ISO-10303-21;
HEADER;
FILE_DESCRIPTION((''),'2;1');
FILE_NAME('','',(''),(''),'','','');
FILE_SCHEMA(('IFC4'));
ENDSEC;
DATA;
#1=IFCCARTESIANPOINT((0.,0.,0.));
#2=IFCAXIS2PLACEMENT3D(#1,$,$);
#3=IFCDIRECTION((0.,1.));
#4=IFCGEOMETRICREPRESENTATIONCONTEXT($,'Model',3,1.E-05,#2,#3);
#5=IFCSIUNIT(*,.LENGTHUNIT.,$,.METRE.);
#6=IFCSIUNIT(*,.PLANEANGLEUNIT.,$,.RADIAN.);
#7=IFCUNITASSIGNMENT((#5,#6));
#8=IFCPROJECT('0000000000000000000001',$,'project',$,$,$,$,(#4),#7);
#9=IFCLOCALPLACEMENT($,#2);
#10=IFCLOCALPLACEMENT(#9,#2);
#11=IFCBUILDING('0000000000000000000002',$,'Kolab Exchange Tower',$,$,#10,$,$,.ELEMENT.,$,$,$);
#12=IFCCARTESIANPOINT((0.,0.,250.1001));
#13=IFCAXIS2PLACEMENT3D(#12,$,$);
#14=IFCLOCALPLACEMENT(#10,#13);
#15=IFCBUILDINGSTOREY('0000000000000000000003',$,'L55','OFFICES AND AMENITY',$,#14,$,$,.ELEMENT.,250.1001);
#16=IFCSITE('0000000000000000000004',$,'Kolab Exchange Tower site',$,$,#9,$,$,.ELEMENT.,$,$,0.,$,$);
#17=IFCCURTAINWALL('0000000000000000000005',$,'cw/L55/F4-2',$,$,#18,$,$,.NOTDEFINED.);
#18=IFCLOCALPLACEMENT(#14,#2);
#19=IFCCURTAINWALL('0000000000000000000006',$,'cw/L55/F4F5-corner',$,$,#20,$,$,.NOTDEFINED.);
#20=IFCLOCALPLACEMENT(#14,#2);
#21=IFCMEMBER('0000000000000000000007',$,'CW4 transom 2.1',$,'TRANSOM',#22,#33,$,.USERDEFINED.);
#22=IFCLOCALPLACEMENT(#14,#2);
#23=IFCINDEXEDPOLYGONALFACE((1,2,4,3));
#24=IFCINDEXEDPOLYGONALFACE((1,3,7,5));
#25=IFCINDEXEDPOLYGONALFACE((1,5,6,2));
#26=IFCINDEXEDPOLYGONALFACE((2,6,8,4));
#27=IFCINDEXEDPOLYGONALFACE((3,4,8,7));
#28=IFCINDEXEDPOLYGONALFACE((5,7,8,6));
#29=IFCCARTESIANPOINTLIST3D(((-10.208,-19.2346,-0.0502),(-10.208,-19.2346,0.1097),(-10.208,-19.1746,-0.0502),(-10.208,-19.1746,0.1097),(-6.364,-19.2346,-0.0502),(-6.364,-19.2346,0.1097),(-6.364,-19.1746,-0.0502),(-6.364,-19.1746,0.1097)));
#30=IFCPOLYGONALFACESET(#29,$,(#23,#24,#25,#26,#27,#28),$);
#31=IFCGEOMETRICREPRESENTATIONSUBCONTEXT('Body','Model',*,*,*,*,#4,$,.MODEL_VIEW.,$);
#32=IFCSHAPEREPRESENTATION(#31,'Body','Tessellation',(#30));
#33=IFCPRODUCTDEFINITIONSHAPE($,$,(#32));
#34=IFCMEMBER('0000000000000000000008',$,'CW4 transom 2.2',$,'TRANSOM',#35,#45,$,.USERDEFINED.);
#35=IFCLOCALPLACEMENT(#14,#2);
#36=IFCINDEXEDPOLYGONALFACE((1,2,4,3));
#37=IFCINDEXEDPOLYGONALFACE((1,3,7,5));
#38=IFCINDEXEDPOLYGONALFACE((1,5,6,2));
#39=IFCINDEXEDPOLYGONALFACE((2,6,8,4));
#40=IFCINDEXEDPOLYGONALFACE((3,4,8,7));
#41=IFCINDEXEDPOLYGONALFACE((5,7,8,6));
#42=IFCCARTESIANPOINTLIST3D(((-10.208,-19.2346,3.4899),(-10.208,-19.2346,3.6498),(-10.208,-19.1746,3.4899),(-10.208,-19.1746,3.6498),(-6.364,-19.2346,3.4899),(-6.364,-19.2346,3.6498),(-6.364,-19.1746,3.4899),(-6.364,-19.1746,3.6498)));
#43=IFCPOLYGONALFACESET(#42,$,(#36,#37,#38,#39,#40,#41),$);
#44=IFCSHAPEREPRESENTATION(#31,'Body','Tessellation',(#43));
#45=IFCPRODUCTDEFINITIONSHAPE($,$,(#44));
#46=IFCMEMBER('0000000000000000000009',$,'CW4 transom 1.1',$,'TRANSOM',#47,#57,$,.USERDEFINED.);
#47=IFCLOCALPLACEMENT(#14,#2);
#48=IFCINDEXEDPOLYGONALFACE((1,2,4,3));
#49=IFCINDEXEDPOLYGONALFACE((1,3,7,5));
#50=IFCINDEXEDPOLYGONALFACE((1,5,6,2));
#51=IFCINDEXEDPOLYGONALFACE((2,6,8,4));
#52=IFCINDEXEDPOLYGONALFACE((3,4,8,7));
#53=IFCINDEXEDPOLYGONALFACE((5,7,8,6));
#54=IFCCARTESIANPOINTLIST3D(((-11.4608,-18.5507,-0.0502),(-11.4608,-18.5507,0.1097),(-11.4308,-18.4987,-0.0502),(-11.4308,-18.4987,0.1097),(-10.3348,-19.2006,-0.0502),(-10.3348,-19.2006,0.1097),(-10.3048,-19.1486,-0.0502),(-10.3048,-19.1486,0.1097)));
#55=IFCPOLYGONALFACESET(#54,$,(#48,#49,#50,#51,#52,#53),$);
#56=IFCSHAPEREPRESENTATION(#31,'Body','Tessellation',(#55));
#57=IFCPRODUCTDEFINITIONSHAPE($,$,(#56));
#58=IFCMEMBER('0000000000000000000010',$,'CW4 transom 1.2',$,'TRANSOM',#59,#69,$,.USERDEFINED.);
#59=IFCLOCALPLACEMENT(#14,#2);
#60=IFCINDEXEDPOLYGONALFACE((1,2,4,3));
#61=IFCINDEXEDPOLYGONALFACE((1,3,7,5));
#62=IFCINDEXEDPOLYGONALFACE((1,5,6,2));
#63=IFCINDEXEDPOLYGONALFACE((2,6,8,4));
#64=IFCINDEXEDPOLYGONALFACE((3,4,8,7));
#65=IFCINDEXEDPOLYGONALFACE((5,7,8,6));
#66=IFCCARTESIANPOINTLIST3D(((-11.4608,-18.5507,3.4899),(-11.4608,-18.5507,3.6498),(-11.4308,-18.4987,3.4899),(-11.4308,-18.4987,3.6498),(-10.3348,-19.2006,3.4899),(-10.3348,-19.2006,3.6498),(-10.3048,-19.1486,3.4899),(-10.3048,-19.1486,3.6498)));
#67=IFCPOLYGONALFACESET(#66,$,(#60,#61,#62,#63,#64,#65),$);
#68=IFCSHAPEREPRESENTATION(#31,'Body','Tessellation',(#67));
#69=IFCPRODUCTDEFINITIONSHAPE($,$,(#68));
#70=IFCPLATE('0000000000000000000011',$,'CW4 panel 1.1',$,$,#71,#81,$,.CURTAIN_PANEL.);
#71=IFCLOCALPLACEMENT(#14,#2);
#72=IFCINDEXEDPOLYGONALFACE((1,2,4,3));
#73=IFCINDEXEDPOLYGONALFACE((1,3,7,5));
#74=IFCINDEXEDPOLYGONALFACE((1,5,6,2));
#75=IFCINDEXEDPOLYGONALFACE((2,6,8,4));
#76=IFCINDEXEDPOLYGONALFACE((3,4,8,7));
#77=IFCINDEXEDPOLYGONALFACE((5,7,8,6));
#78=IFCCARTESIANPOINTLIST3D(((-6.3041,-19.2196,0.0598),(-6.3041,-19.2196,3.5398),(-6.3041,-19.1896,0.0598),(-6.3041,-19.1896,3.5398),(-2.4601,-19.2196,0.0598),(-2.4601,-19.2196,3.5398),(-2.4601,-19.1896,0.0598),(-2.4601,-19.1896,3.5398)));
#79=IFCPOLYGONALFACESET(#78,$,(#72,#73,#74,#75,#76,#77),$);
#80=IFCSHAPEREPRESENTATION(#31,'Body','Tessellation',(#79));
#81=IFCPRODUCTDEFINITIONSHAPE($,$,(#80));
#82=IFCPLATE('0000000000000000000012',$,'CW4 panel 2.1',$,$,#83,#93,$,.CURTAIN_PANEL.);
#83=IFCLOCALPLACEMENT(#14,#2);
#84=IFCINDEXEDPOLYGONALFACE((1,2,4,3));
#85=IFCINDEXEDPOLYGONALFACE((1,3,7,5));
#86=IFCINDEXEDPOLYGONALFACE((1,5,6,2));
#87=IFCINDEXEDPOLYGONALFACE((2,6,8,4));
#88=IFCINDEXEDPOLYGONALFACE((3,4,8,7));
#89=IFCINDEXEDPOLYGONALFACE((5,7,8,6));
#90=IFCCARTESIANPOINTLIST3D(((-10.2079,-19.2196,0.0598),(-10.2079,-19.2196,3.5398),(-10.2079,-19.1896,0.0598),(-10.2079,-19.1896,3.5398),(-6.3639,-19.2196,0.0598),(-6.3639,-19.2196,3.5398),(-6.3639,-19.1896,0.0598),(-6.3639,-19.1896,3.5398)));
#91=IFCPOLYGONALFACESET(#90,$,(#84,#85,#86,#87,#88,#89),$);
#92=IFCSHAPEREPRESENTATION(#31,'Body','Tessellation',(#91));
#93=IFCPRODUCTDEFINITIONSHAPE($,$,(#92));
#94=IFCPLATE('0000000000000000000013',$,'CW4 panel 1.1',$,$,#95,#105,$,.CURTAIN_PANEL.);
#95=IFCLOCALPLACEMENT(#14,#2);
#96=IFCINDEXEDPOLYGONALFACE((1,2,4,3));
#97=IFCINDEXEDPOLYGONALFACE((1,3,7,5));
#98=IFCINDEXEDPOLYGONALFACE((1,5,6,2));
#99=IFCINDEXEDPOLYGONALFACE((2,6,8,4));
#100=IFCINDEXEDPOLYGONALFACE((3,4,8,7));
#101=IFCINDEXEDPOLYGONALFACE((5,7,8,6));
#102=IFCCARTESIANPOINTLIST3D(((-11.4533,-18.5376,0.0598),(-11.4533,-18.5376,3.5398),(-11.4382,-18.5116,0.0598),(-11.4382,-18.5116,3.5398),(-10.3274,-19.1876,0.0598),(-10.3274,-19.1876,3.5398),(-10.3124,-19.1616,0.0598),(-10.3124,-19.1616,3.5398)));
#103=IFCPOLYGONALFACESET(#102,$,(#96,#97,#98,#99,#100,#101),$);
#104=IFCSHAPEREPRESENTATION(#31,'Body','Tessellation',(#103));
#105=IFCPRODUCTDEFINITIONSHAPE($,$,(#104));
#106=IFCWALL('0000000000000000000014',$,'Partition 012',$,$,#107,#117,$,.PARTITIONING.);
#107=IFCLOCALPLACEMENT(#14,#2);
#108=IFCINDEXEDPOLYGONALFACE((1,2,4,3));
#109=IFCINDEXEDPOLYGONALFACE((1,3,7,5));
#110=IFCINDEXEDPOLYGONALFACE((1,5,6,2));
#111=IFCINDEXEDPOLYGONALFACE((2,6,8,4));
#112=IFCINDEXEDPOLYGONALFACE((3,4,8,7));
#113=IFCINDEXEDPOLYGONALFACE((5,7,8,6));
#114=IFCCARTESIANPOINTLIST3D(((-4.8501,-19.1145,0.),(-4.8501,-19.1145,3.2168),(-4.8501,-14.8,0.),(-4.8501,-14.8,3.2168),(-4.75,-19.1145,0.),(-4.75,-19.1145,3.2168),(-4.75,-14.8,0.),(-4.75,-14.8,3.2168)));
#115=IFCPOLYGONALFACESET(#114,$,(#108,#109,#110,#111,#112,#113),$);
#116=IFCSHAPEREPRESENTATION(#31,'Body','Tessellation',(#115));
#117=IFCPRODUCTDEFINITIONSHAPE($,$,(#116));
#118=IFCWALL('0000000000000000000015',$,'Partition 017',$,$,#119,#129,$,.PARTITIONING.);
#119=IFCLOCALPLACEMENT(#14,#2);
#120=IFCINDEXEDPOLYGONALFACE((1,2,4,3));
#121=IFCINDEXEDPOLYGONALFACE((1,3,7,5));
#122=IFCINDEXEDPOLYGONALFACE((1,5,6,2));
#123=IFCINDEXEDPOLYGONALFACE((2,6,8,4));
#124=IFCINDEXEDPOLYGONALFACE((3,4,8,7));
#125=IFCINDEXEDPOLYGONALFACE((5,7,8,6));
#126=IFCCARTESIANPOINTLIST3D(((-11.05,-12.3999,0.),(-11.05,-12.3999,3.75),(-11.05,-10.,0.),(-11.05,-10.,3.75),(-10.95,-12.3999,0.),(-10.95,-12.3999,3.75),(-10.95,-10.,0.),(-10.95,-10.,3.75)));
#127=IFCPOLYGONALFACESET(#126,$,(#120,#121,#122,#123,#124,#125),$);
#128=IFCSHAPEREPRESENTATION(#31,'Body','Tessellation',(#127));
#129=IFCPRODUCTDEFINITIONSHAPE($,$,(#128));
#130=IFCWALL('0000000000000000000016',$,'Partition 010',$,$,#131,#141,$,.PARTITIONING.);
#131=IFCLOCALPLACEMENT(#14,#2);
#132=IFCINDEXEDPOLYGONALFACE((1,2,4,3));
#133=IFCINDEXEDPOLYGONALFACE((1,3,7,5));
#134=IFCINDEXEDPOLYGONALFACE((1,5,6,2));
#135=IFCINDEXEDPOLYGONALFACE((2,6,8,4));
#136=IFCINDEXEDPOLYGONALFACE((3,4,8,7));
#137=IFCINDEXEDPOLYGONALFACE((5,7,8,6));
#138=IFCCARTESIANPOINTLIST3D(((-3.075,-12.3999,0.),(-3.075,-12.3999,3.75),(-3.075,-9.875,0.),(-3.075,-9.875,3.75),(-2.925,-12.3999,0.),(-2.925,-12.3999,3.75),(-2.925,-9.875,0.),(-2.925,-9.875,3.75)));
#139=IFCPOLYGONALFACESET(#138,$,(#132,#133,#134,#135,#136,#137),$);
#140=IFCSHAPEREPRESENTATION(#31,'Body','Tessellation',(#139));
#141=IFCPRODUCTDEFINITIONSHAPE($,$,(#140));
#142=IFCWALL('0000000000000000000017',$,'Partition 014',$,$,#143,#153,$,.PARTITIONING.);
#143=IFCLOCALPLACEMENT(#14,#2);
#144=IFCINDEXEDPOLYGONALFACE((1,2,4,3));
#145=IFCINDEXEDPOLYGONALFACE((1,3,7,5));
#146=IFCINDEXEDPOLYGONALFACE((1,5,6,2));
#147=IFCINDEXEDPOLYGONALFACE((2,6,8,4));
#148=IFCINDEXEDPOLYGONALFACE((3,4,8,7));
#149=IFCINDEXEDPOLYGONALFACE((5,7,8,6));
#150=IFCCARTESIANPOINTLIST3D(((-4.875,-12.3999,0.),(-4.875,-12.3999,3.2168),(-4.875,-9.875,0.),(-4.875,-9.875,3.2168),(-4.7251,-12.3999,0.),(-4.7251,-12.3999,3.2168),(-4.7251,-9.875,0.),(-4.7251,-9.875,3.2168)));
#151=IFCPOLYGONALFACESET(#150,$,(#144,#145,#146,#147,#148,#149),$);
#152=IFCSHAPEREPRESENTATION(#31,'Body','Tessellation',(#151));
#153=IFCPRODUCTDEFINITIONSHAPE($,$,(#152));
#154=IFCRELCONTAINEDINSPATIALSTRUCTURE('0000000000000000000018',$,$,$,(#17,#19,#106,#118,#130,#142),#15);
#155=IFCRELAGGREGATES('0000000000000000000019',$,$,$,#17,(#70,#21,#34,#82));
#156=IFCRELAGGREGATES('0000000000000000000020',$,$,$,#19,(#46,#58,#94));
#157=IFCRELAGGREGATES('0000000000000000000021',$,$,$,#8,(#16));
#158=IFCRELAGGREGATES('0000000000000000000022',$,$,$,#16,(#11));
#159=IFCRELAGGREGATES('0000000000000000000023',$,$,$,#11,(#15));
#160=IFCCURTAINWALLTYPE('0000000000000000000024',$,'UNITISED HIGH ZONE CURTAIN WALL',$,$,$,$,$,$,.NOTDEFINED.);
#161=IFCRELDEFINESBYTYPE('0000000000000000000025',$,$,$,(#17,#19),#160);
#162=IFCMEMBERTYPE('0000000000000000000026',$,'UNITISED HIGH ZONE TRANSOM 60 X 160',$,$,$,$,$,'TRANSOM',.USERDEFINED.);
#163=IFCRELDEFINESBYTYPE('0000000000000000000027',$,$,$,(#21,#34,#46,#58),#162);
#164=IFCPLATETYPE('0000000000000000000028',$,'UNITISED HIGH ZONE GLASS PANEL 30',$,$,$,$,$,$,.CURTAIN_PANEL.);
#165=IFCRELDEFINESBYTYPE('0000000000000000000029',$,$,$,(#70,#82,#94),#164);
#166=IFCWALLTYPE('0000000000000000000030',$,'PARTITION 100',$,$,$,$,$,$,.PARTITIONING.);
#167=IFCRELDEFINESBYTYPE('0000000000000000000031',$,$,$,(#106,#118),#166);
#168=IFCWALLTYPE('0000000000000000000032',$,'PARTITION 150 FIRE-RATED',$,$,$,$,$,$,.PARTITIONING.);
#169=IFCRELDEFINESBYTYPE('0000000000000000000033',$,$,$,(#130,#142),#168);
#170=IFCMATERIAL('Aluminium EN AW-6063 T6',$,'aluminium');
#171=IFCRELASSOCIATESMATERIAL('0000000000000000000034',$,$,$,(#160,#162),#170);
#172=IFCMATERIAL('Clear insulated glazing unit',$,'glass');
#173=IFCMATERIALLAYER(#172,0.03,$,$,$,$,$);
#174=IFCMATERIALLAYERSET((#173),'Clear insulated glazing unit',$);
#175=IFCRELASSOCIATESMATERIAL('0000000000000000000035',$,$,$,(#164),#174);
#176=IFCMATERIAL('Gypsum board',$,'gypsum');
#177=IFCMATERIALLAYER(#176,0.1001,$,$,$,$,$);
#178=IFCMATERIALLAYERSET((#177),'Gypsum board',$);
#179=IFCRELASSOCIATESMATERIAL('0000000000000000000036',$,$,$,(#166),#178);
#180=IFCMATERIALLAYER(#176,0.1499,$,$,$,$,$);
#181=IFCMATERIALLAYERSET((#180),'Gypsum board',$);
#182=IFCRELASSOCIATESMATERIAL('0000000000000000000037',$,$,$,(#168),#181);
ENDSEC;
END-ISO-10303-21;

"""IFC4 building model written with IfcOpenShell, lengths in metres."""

from ifc_helpers import new_model, si_unit, direction, frame, frame_2d, origin, origin_2d, place, context, subcontext, project, spatial, rectangle, extrude, material, layer, layer_set, material_profile, profile_set, type_object, element, aggregate, save


model = new_model("IFC4")

# Units and contexts
model_context = context("Model", 3, precision=1e-05, world=origin(), true_north=direction((0.0, 1.0)))
body_context = subcontext(model_context, "Body", "Model", "MODEL_VIEW")
ifc_project = project(units=[si_unit("LENGTHUNIT", "METRE"), si_unit("PLANEANGLEUNIT", "RADIAN")], contexts=[model_context])

# Site, building, storey
site_placement = place(None, origin())
site = spatial("IfcSite", under=ifc_project, at=site_placement, Name="Kolab Exchange Tower site", CompositionType="ELEMENT", RefElevation=0.0)
building_placement = place(site_placement, origin())
building = spatial("IfcBuilding", under=site, at=building_placement, Name="Kolab Exchange Tower", CompositionType="ELEMENT")
storey_placement = place(building_placement, frame((0.0, 0.0, 250.1001)))
storey = spatial("IfcBuildingStorey", under=building, at=storey_placement, Name="L55", Description="OFFICES AND AMENITY", CompositionType="ELEMENT", Elevation=250.1001)

# Curtain wall
ifc_material_1 = material(Name="Aluminium EN AW-6063 T6", Category="aluminium")
curtain_wall_type = type_object("IfcCurtainWallType", Name="UNITISED HIGH ZONE CURTAIN WALL", PredefinedType="NOTDEFINED", material=ifc_material_1)
curtain_wall_1_placement = place(storey_placement, origin())
curtain_wall_1 = element("IfcCurtainWall", 1, at=curtain_wall_1_placement, inside=storey, type_object=curtain_wall_type, Name="cw/L55/F4-2", PredefinedType="NOTDEFINED")

# Curtain wall
curtain_wall_2_placement = place(storey_placement, origin())
curtain_wall_2 = element("IfcCurtainWall", 2, at=curtain_wall_2_placement, inside=storey, type_object=curtain_wall_type, Name="cw/L55/F4F5-corner", PredefinedType="NOTDEFINED")

# Members
ifc_material_profile_1 = material_profile(ifc_material_1, rectangle(XDim=0.0601, YDim=0.1599, at=origin_2d()), Name="RECT 60X160")
ifc_profile_set_1 = profile_set([ifc_material_profile_1], Name="Aluminium EN AW-6063 T6")
member_type_1 = type_object("IfcMemberType", Name="UNITISED HIGH ZONE TRANSOM 60 X 160", ElementType="TRANSOM", PredefinedType="USERDEFINED", material=ifc_profile_set_1)
member_1_placement = place(storey_placement, frame((-6.364, -19.2046, 0.0298), z_axis=(-1.0, 0.0, 0.0), x_axis=(0.0, -1.0, 0.0)))
member_1 = element("IfcMember", 3, at=member_1_placement, type_object=member_type_1, Name="CW4 transom 2.1", ObjectType="TRANSOM", PredefinedType="USERDEFINED", context=body_context, shape_type="SweptSolid", body=[
    extrude(rectangle(XDim=0.0601, YDim=0.1599, at=origin_2d()), origin(), (0.0, 0.0, 1.0), 3.844),
])
member_2_placement = place(storey_placement, frame((-6.364, -19.2046, 3.5698), z_axis=(-1.0, 0.0, 0.0), x_axis=(0.0, -1.0, 0.0)))
member_2 = element("IfcMember", 4, at=member_2_placement, type_object=member_type_1, Name="CW4 transom 2.2", ObjectType="TRANSOM", PredefinedType="USERDEFINED", context=body_context, shape_type="SweptSolid", body=[
    extrude(rectangle(XDim=0.0601, YDim=0.1599, at=origin_2d()), origin(), (0.0, 0.0, 1.0), 3.844),
])
member_3_placement = place(storey_placement, frame((-10.3198, -19.1746, 0.0298), z_axis=(-0.866086, 0.499896, 0.0), x_axis=(-0.499896, -0.866086, 0.0)))
member_3 = element("IfcMember", 5, at=member_3_placement, type_object=member_type_1, Name="CW4 transom 1.1", ObjectType="TRANSOM", PredefinedType="USERDEFINED", context=body_context, shape_type="SweptSolid", body=[
    extrude(rectangle(XDim=0.0601, YDim=0.1599, at=origin_2d()), origin(), (0.0, 0.0, 1.0), 1.3),
])
member_4_placement = place(storey_placement, frame((-10.3198, -19.1746, 3.5698), z_axis=(-0.866086, 0.499896, 0.0), x_axis=(-0.499896, -0.866086, 0.0)))
member_4 = element("IfcMember", 6, at=member_4_placement, type_object=member_type_1, Name="CW4 transom 1.2", ObjectType="TRANSOM", PredefinedType="USERDEFINED", context=body_context, shape_type="SweptSolid", body=[
    extrude(rectangle(XDim=0.0601, YDim=0.1599, at=origin_2d()), origin(), (0.0, 0.0, 1.0), 1.3),
])

# Plates
ifc_material_2 = material(Name="Clear insulated glazing unit", Category="glass")
ifc_layer_1 = layer(ifc_material_2, 0.03)
ifc_layer_set_1 = layer_set([ifc_layer_1], Name="Clear insulated glazing unit")
plate_type = type_object("IfcPlateType", Name="UNITISED HIGH ZONE GLASS PANEL 30", PredefinedType="CURTAIN_PANEL", material=ifc_layer_set_1)
plate_1_placement = place(storey_placement, frame((-4.3821, -19.2046, 0.0598), z_axis=(0.0, 0.0, 1.0), x_axis=(-1.0, 0.0, 0.0)))
plate_1 = element("IfcPlate", 7, at=plate_1_placement, type_object=plate_type, Name="CW4 panel 1.1", PredefinedType="CURTAIN_PANEL", context=body_context, shape_type="SweptSolid", body=[
    extrude(rectangle(XDim=3.844, YDim=0.03, at=origin_2d()), origin(), (0.0, 0.0, 1.0), 3.48),
])
plate_2_placement = place(storey_placement, frame((-8.2859, -19.2046, 0.0598), z_axis=(0.0, 0.0, 1.0), x_axis=(-1.0, 0.0, 0.0)))
plate_2 = element("IfcPlate", 8, at=plate_2_placement, type_object=plate_type, Name="CW4 panel 2.1", PredefinedType="CURTAIN_PANEL", context=body_context, shape_type="SweptSolid", body=[
    extrude(rectangle(XDim=3.844, YDim=0.03, at=origin_2d()), origin(), (0.0, 0.0, 1.0), 3.48),
])
aggregate(curtain_wall_1, [plate_1, member_1, member_2, plate_2])
plate_3_placement = place(storey_placement, frame((-10.8828, -18.8496, 0.0598), z_axis=(0.0, 0.0, 1.0), x_axis=(-0.866025, 0.5, 0.0)))
plate_3 = element("IfcPlate", 9, at=plate_3_placement, type_object=plate_type, Name="CW4 panel 1.1", PredefinedType="CURTAIN_PANEL", context=body_context, shape_type="SweptSolid", body=[
    extrude(rectangle(XDim=1.3, YDim=0.03, at=origin_2d()), origin(), (0.0, 0.0, 1.0), 3.48),
])
aggregate(curtain_wall_2, [member_3, member_4, plate_3])

# Walls
ifc_material_3 = material(Name="Gypsum board", Category="gypsum")
ifc_layer_2 = layer(ifc_material_3, 0.1001)
ifc_layer_set_2 = layer_set([ifc_layer_2], Name="Gypsum board")
wall_type_1 = type_object("IfcWallType", Name="PARTITION 100", PredefinedType="PARTITIONING", material=ifc_layer_set_2)
wall_1_placement = place(storey_placement, frame((-4.8, -19.1145, 0.0), z_axis=(0.0, 0.0, 1.0), x_axis=(0.0, 1.0, 0.0)))
element("IfcWall", 10, at=wall_1_placement, inside=storey, type_object=wall_type_1, Name="Partition 012", PredefinedType="PARTITIONING", context=body_context, shape_type="SweptSolid", body=[
    extrude(rectangle(XDim=4.3145, YDim=0.1001, at=frame_2d((2.1572, 0.0))), origin(), (0.0, 0.0, 1.0), 3.2168),
])
wall_2_placement = place(storey_placement, frame((-11.0, -12.3999, 0.0), z_axis=(0.0, 0.0, 1.0), x_axis=(0.0, 1.0, 0.0)))
element("IfcWall", 11, at=wall_2_placement, inside=storey, type_object=wall_type_1, Name="Partition 017", PredefinedType="PARTITIONING", context=body_context, shape_type="SweptSolid", body=[
    extrude(rectangle(XDim=2.3999, YDim=0.1001, at=frame_2d((1.2, 0.0))), origin(), (0.0, 0.0, 1.0), 3.75),
])
ifc_layer_3 = layer(ifc_material_3, 0.1499)
ifc_layer_set_3 = layer_set([ifc_layer_3], Name="Gypsum board")
wall_type_2 = type_object("IfcWallType", Name="PARTITION 150 FIRE-RATED", PredefinedType="PARTITIONING", material=ifc_layer_set_3)
wall_3_placement = place(storey_placement, frame((-3.0, -12.3999, 0.0), z_axis=(0.0, 0.0, 1.0), x_axis=(0.0, 1.0, 0.0)))
element("IfcWall", 12, at=wall_3_placement, inside=storey, type_object=wall_type_2, Name="Partition 010", PredefinedType="PARTITIONING", context=body_context, shape_type="SweptSolid", body=[
    extrude(rectangle(XDim=2.5249, YDim=0.1499, at=frame_2d((1.2625, 0.0))), origin(), (0.0, 0.0, 1.0), 3.75),
])
wall_4_placement = place(storey_placement, frame((-4.8, -12.3999, 0.0), z_axis=(0.0, 0.0, 1.0), x_axis=(0.0, 1.0, 0.0)))
element("IfcWall", 13, at=wall_4_placement, inside=storey, type_object=wall_type_2, Name="Partition 014", PredefinedType="PARTITIONING", context=body_context, shape_type="SweptSolid", body=[
    extrude(rectangle(XDim=2.5249, YDim=0.1499, at=frame_2d((1.2625, 0.0))), origin(), (0.0, 0.0, 1.0), 3.2168),
])

save(model, "model.ifc")
